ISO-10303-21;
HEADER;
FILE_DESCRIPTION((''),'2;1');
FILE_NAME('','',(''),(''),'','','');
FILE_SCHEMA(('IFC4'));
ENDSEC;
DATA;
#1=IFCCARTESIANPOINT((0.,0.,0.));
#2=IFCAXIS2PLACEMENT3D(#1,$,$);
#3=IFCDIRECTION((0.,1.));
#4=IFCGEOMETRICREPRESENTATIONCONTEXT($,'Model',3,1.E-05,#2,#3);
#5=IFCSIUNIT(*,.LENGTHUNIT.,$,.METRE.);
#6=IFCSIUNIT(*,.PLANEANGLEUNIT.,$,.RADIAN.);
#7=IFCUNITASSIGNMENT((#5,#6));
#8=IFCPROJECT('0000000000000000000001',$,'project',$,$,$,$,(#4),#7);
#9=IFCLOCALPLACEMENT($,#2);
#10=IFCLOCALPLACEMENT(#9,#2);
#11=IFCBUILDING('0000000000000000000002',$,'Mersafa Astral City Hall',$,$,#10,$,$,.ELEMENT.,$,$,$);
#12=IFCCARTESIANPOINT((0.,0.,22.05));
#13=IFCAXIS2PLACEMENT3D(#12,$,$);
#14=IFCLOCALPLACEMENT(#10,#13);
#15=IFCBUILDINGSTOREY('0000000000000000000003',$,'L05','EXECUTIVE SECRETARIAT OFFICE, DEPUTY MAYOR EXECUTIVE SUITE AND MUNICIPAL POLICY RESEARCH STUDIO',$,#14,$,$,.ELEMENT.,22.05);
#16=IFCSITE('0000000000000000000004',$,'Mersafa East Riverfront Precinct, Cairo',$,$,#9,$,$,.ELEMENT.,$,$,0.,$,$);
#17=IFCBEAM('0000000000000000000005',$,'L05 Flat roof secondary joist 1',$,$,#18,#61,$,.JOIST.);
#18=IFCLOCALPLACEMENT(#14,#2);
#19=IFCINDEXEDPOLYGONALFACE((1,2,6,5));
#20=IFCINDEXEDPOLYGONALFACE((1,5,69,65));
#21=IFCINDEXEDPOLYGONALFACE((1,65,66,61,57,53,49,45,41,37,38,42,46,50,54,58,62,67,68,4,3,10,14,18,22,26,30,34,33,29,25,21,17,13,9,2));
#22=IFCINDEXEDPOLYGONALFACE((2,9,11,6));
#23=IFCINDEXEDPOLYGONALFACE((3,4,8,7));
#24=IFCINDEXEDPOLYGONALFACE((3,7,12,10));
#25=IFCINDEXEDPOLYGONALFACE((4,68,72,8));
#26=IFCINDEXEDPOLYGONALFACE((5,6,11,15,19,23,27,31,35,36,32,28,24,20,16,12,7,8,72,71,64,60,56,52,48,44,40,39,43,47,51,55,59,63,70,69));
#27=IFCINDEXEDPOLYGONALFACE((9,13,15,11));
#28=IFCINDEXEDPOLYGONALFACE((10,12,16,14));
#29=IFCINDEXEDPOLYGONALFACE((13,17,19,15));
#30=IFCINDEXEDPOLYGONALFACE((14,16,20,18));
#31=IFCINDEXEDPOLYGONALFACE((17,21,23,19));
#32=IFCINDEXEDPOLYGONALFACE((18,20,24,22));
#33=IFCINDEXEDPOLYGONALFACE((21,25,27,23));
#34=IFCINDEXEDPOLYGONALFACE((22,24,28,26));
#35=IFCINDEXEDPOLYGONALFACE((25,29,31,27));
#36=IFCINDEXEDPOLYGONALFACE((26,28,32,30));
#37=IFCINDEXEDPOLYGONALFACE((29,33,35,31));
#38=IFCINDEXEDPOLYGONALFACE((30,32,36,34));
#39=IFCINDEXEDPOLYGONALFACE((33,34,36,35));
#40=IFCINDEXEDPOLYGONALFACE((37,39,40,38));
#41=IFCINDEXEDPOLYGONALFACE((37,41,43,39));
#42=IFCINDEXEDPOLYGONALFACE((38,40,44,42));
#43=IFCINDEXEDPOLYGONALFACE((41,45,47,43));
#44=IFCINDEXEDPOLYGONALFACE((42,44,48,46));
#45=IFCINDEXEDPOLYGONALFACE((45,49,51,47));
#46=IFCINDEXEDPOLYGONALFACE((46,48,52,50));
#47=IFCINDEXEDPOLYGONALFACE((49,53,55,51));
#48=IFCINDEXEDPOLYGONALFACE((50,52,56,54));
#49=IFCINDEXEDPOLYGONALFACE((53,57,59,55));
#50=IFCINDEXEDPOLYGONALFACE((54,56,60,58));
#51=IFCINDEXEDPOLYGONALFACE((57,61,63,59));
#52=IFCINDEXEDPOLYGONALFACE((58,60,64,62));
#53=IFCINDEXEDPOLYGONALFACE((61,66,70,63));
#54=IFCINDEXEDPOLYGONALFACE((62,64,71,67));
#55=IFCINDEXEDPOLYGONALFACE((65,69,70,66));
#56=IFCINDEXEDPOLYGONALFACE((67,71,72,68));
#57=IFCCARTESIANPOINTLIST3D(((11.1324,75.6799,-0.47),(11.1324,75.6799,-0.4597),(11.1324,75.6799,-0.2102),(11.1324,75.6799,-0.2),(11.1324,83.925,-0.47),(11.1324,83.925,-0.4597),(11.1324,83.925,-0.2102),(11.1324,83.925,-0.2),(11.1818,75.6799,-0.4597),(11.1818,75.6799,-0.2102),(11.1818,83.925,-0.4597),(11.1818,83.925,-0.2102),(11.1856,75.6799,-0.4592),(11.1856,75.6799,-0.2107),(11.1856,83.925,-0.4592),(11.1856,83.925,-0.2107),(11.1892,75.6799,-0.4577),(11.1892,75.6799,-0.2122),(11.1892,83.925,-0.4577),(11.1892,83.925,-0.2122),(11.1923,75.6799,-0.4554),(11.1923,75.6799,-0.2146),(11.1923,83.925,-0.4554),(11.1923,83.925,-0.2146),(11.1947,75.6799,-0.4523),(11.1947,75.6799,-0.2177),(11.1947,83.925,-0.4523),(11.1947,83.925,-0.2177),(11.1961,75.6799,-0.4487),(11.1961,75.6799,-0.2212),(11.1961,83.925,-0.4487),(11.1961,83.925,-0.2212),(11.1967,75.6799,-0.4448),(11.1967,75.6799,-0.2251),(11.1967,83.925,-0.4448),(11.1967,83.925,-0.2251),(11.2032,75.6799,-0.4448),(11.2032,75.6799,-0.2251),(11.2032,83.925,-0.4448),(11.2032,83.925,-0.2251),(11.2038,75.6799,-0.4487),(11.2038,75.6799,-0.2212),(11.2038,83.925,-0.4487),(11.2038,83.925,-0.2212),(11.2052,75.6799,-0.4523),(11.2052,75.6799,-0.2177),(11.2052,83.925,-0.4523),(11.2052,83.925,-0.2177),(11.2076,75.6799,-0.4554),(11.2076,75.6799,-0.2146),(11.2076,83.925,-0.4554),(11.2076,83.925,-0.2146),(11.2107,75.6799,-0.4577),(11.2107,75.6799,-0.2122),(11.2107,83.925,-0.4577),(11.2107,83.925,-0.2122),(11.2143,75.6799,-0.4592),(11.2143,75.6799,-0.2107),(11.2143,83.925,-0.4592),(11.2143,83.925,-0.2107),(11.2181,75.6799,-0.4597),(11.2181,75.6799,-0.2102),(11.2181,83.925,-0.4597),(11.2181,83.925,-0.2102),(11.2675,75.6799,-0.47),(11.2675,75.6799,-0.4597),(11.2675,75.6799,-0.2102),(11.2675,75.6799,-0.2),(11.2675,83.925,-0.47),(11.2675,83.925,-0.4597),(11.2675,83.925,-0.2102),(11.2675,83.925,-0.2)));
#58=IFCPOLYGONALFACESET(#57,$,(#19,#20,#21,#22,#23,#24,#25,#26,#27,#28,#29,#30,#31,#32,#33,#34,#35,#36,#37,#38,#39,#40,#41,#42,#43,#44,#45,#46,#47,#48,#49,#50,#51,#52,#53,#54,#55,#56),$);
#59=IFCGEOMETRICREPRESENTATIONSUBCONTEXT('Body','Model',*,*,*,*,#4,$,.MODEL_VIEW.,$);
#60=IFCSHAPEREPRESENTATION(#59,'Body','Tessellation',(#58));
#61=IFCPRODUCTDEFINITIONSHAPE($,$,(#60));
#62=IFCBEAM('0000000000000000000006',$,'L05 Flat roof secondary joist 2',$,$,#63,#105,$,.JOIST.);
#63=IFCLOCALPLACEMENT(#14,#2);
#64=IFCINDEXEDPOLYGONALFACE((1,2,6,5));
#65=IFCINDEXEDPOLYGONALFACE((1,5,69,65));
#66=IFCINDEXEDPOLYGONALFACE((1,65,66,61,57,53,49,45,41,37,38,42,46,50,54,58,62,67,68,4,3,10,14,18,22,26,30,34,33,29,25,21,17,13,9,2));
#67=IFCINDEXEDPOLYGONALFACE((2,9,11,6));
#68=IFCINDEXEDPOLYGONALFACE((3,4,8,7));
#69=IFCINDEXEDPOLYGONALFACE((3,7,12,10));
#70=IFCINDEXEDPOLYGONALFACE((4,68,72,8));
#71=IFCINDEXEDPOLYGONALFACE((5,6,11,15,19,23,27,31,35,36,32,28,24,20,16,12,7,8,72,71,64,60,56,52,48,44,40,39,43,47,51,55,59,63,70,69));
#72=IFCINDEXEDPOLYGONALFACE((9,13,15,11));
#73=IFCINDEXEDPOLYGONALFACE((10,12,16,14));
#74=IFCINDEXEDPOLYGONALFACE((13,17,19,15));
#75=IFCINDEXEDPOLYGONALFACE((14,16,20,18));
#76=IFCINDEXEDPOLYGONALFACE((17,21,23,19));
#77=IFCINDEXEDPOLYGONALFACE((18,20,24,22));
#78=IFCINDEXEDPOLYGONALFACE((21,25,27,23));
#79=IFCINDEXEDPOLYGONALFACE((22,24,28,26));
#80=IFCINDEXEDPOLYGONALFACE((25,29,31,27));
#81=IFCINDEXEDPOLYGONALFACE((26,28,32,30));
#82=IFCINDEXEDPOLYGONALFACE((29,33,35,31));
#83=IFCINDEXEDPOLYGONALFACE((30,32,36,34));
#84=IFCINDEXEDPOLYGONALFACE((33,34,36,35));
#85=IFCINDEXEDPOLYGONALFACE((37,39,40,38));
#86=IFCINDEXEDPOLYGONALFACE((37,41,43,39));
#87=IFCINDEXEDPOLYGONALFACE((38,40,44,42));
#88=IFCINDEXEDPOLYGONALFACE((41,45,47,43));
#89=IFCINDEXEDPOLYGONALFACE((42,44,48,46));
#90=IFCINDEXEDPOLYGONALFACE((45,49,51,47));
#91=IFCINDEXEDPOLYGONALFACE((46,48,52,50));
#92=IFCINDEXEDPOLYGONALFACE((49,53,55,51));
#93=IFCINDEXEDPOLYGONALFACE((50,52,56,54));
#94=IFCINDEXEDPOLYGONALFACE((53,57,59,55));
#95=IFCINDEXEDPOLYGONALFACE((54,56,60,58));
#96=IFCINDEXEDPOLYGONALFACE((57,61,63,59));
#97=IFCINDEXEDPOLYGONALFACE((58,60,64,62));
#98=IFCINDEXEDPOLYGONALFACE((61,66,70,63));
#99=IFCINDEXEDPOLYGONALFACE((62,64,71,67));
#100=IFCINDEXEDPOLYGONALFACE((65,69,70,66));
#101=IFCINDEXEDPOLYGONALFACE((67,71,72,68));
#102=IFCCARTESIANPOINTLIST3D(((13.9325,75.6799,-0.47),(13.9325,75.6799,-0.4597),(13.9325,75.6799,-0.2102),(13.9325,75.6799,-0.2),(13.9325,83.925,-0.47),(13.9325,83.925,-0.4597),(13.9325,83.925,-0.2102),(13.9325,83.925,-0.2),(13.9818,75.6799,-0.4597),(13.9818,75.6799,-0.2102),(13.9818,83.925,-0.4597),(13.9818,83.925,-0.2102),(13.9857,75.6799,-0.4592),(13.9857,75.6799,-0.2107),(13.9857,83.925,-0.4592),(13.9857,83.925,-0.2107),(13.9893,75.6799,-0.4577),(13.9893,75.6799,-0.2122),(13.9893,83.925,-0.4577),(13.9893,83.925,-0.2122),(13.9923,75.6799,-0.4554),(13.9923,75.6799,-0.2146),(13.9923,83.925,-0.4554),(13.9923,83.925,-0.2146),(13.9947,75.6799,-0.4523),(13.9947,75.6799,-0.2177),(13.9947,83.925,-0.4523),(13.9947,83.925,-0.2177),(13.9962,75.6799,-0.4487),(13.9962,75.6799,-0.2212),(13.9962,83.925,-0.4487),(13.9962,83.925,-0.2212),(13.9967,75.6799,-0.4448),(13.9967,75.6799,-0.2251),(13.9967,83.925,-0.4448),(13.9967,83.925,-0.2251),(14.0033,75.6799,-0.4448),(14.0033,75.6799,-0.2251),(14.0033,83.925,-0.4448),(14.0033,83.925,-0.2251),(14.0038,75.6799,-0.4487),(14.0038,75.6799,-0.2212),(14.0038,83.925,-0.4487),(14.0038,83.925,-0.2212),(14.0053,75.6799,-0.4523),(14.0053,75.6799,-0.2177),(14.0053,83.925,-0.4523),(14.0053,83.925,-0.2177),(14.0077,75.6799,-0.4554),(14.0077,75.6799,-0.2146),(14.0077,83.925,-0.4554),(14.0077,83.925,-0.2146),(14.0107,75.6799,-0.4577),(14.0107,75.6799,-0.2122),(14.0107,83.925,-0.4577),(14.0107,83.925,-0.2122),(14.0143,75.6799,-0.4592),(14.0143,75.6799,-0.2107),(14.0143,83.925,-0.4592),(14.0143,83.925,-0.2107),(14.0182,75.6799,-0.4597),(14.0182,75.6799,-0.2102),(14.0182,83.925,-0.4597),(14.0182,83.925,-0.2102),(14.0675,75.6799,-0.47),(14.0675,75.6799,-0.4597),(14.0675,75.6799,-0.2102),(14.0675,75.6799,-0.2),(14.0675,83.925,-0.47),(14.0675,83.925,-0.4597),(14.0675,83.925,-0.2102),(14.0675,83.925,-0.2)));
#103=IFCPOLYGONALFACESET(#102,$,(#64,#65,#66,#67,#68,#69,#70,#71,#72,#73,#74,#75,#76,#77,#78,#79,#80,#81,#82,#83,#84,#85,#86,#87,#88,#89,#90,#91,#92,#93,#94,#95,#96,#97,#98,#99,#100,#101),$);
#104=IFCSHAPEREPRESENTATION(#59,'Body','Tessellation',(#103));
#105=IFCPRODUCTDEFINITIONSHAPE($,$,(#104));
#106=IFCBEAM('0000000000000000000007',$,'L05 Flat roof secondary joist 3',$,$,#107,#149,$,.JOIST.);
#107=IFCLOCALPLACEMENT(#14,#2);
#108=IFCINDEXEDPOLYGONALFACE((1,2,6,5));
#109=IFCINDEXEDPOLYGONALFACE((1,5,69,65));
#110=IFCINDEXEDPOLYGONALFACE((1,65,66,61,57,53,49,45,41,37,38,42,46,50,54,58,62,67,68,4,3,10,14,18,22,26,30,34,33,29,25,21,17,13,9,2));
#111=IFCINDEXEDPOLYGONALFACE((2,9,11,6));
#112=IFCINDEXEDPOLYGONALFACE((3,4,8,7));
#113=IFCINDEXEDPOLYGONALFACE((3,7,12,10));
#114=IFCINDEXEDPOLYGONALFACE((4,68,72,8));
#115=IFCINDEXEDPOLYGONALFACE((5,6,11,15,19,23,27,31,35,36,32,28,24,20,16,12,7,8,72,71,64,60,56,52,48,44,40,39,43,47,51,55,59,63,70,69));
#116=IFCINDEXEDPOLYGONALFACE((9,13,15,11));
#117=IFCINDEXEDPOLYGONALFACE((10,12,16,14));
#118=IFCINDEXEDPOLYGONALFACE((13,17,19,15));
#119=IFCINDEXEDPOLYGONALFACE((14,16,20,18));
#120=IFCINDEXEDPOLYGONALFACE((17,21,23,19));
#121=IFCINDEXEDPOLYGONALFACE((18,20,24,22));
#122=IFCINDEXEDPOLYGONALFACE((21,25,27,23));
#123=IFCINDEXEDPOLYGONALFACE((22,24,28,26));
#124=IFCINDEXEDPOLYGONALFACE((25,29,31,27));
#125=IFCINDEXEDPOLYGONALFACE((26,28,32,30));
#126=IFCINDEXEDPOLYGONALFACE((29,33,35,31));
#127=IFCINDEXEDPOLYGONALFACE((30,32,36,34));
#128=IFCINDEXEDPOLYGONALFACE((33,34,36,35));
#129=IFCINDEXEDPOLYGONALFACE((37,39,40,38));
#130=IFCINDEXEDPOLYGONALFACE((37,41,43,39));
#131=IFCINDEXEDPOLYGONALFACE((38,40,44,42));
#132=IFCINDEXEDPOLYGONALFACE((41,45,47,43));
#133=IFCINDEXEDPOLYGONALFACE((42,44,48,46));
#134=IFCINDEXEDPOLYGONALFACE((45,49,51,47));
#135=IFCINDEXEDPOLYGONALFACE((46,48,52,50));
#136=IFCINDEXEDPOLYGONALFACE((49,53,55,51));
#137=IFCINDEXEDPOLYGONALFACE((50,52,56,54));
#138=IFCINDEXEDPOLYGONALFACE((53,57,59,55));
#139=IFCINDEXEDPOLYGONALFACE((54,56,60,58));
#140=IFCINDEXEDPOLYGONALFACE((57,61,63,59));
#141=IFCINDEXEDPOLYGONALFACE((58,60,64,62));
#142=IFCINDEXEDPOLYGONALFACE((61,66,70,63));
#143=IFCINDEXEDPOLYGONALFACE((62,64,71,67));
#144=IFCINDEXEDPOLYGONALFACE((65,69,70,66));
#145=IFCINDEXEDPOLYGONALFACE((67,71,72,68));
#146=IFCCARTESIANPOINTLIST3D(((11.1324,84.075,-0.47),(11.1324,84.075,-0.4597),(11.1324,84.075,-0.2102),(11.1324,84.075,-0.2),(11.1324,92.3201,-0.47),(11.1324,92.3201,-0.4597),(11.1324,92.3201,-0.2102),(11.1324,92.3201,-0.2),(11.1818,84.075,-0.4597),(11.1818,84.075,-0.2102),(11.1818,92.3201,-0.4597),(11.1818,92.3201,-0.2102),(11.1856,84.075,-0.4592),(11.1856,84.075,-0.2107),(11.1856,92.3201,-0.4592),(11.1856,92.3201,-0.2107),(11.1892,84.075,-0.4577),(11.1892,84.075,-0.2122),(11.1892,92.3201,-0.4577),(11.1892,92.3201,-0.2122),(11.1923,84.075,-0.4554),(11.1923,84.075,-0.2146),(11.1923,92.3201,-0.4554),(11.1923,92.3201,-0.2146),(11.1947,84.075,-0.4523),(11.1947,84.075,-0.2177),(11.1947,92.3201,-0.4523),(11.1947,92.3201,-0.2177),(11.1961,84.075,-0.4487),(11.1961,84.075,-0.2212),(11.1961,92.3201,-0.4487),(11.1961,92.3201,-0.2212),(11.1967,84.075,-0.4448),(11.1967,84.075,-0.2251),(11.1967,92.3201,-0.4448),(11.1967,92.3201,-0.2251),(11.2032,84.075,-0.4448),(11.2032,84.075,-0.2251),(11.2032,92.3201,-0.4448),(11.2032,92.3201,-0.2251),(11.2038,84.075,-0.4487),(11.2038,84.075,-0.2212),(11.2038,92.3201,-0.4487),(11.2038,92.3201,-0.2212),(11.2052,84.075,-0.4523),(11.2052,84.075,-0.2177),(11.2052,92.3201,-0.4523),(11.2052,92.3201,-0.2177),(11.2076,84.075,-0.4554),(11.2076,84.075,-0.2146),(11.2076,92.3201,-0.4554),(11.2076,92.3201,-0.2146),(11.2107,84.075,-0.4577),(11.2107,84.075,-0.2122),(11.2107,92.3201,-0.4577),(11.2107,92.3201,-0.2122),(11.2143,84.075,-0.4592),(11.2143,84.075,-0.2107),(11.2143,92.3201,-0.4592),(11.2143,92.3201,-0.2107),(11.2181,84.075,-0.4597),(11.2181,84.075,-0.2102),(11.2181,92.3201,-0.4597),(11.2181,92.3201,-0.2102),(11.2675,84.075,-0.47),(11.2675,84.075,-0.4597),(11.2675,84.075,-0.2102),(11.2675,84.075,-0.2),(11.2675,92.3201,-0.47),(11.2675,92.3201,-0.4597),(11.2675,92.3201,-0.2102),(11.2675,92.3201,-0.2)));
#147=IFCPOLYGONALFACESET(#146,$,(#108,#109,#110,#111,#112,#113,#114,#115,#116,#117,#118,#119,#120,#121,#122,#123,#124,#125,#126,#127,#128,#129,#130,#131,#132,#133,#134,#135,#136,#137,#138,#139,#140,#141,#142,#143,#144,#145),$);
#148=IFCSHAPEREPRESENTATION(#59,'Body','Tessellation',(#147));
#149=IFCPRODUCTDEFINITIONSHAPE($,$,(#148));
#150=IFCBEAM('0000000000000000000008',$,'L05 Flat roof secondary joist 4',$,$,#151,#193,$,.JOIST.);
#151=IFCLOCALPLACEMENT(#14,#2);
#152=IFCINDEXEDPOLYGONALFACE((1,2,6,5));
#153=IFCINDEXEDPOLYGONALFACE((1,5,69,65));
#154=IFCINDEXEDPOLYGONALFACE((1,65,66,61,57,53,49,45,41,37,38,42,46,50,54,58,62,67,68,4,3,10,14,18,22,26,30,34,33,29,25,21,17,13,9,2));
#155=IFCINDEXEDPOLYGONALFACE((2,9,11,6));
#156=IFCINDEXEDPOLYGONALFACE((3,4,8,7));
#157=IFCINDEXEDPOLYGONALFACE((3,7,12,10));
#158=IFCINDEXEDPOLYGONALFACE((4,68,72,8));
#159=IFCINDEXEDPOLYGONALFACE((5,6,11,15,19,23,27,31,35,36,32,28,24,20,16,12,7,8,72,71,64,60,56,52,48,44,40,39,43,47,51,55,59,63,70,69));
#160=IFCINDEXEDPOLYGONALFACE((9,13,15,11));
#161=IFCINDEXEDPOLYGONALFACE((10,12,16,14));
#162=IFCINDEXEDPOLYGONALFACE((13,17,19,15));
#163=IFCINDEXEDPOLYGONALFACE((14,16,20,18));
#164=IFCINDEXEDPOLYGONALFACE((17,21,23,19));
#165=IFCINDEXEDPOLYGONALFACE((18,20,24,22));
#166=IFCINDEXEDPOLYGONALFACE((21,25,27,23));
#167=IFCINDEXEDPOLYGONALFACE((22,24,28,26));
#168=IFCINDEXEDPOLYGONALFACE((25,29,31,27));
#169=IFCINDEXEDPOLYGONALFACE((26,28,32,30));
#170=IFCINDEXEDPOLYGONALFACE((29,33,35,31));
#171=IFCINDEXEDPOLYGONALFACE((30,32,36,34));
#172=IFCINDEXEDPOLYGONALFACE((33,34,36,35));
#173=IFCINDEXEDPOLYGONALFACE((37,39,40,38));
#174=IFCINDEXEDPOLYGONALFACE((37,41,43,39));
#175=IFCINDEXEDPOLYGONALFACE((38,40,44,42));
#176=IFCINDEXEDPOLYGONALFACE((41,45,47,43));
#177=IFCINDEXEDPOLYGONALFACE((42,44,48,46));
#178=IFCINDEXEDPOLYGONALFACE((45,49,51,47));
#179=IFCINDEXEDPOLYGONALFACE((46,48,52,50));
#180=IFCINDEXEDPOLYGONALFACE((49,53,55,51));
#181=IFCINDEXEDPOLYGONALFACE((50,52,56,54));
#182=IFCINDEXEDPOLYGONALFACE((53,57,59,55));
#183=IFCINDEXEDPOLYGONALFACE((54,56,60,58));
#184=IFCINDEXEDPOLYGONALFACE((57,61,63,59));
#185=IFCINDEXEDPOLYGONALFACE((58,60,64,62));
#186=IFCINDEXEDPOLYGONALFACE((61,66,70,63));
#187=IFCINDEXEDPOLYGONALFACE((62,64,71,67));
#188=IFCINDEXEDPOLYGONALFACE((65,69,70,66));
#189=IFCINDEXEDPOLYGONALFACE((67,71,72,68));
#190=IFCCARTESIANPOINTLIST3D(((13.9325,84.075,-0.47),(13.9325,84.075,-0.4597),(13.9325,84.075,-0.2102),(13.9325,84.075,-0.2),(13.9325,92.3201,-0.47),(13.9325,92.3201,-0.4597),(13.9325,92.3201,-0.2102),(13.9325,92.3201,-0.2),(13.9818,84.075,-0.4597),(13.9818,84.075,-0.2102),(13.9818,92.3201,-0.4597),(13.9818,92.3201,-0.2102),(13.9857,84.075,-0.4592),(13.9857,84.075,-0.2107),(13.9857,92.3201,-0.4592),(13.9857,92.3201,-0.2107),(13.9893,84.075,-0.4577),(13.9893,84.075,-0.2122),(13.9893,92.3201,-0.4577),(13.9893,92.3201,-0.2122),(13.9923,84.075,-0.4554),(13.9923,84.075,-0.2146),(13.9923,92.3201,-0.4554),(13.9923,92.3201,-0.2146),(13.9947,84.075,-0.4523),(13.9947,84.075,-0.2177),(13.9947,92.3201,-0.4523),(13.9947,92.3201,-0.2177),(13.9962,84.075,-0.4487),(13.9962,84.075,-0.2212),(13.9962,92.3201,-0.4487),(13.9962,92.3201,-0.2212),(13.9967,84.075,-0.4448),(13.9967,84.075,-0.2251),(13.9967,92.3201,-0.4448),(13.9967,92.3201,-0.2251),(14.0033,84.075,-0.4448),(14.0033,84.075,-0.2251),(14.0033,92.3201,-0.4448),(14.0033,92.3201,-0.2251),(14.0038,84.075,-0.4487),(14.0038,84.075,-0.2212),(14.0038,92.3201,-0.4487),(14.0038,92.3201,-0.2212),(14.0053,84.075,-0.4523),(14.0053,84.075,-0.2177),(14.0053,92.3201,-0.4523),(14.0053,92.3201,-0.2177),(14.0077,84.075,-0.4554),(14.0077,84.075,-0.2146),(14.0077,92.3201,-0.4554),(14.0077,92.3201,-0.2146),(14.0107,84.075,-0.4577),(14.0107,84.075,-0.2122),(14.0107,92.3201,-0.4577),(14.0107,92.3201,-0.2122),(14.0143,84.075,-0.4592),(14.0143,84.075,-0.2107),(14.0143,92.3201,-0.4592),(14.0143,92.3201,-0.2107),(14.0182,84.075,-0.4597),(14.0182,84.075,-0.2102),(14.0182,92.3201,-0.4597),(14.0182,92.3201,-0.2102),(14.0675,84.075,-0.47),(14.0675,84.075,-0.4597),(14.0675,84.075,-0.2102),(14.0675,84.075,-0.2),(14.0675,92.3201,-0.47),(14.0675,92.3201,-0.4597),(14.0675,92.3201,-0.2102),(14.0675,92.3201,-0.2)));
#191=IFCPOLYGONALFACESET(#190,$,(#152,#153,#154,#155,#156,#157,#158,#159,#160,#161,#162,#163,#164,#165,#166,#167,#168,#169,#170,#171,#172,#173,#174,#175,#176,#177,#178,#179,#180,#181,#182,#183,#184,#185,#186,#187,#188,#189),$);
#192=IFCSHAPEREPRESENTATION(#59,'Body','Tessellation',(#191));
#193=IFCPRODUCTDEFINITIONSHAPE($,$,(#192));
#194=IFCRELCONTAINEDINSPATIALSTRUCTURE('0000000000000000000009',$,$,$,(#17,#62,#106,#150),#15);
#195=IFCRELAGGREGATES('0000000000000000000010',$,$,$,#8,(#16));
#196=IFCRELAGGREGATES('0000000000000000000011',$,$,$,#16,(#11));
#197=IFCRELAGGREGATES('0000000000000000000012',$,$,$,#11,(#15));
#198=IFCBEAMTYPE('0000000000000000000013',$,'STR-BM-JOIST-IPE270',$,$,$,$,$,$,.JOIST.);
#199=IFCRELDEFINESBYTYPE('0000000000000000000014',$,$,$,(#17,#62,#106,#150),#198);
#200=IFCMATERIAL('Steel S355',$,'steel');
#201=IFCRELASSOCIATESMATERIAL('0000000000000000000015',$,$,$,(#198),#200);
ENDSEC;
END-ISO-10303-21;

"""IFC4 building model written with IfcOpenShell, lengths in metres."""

from ifc_helpers import new_model, si_unit, direction, frame, origin, origin_2d, place, context, subcontext, project, spatial, i_section, extrude, material, material_profile, profile_set, type_object, element, save


model = new_model("IFC4")

# Units and contexts
model_context = context("Model", 3, precision=1e-05, world=origin(), true_north=direction((0.0, 1.0)))
body_context = subcontext(model_context, "Body", "Model", "MODEL_VIEW")
ifc_project = project(units=[si_unit("LENGTHUNIT", "METRE"), si_unit("PLANEANGLEUNIT", "RADIAN")], contexts=[model_context])

# Site, building, storey
site_placement = place(None, origin())
site = spatial("IfcSite", under=ifc_project, at=site_placement, Name="Mersafa East Riverfront Precinct, Cairo", CompositionType="ELEMENT", RefElevation=0.0)
building_placement = place(site_placement, origin())
building = spatial("IfcBuilding", under=site, at=building_placement, Name="Mersafa Astral City Hall", CompositionType="ELEMENT")
storey_placement = place(building_placement, frame((0.0, 0.0, 22.05)))
storey = spatial("IfcBuildingStorey", under=building, at=storey_placement, Name="L05", Description="EXECUTIVE SECRETARIAT OFFICE, DEPUTY MAYOR EXECUTIVE SUITE AND MUNICIPAL POLICY RESEARCH STUDIO", CompositionType="ELEMENT", Elevation=22.05)

# Beams
ifc_material_1 = material(Name="Steel S355", Category="steel")
ifc_material_profile_1 = material_profile(ifc_material_1, i_section(OverallWidth=0.135, OverallDepth=0.27, WebThickness=0.0066, FlangeThickness=0.0103, FilletRadius=0.0149, at=origin_2d()), Name="IPE 270")
ifc_profile_set_1 = profile_set([ifc_material_profile_1], Name="Steel S355")
beam_type_1 = type_object("IfcBeamType", Name="STR-BM-JOIST-IPE270", PredefinedType="JOIST", material=ifc_profile_set_1)
for number, where, z_axis, x_axis, name in (
    (1, (11.2, 75.6799, -0.335), (0.0, 1.0, 0.0), (-1.0, 0.0, 0.0), "L05 Flat roof secondary joist 1"),
    (2, (14.0, 75.6799, -0.335), (0.0, 1.0, 0.0), (-1.0, 0.0, 0.0), "L05 Flat roof secondary joist 2"),
    (3, (11.2, 84.075, -0.335), (0.0, 1.0, 0.0), (-1.0, 0.0, 0.0), "L05 Flat roof secondary joist 3"),
    (4, (14.0, 84.075, -0.335), (0.0, 1.0, 0.0), (-1.0, 0.0, 0.0), "L05 Flat roof secondary joist 4"),
):
    element("IfcBeam", number, at=place(storey_placement, frame(where, z_axis=z_axis, x_axis=x_axis)), inside=storey, type_object=beam_type_1, Name=name, PredefinedType="JOIST", context=body_context, shape_type="SweptSolid", body=[
        extrude(i_section(OverallWidth=0.135, OverallDepth=0.27, WebThickness=0.0066, FlangeThickness=0.0103, FilletRadius=0.0149, at=origin_2d()), origin(), (0.0, 0.0, 1.0), 8.2451),
    ])

save(model, "model.ifc")
